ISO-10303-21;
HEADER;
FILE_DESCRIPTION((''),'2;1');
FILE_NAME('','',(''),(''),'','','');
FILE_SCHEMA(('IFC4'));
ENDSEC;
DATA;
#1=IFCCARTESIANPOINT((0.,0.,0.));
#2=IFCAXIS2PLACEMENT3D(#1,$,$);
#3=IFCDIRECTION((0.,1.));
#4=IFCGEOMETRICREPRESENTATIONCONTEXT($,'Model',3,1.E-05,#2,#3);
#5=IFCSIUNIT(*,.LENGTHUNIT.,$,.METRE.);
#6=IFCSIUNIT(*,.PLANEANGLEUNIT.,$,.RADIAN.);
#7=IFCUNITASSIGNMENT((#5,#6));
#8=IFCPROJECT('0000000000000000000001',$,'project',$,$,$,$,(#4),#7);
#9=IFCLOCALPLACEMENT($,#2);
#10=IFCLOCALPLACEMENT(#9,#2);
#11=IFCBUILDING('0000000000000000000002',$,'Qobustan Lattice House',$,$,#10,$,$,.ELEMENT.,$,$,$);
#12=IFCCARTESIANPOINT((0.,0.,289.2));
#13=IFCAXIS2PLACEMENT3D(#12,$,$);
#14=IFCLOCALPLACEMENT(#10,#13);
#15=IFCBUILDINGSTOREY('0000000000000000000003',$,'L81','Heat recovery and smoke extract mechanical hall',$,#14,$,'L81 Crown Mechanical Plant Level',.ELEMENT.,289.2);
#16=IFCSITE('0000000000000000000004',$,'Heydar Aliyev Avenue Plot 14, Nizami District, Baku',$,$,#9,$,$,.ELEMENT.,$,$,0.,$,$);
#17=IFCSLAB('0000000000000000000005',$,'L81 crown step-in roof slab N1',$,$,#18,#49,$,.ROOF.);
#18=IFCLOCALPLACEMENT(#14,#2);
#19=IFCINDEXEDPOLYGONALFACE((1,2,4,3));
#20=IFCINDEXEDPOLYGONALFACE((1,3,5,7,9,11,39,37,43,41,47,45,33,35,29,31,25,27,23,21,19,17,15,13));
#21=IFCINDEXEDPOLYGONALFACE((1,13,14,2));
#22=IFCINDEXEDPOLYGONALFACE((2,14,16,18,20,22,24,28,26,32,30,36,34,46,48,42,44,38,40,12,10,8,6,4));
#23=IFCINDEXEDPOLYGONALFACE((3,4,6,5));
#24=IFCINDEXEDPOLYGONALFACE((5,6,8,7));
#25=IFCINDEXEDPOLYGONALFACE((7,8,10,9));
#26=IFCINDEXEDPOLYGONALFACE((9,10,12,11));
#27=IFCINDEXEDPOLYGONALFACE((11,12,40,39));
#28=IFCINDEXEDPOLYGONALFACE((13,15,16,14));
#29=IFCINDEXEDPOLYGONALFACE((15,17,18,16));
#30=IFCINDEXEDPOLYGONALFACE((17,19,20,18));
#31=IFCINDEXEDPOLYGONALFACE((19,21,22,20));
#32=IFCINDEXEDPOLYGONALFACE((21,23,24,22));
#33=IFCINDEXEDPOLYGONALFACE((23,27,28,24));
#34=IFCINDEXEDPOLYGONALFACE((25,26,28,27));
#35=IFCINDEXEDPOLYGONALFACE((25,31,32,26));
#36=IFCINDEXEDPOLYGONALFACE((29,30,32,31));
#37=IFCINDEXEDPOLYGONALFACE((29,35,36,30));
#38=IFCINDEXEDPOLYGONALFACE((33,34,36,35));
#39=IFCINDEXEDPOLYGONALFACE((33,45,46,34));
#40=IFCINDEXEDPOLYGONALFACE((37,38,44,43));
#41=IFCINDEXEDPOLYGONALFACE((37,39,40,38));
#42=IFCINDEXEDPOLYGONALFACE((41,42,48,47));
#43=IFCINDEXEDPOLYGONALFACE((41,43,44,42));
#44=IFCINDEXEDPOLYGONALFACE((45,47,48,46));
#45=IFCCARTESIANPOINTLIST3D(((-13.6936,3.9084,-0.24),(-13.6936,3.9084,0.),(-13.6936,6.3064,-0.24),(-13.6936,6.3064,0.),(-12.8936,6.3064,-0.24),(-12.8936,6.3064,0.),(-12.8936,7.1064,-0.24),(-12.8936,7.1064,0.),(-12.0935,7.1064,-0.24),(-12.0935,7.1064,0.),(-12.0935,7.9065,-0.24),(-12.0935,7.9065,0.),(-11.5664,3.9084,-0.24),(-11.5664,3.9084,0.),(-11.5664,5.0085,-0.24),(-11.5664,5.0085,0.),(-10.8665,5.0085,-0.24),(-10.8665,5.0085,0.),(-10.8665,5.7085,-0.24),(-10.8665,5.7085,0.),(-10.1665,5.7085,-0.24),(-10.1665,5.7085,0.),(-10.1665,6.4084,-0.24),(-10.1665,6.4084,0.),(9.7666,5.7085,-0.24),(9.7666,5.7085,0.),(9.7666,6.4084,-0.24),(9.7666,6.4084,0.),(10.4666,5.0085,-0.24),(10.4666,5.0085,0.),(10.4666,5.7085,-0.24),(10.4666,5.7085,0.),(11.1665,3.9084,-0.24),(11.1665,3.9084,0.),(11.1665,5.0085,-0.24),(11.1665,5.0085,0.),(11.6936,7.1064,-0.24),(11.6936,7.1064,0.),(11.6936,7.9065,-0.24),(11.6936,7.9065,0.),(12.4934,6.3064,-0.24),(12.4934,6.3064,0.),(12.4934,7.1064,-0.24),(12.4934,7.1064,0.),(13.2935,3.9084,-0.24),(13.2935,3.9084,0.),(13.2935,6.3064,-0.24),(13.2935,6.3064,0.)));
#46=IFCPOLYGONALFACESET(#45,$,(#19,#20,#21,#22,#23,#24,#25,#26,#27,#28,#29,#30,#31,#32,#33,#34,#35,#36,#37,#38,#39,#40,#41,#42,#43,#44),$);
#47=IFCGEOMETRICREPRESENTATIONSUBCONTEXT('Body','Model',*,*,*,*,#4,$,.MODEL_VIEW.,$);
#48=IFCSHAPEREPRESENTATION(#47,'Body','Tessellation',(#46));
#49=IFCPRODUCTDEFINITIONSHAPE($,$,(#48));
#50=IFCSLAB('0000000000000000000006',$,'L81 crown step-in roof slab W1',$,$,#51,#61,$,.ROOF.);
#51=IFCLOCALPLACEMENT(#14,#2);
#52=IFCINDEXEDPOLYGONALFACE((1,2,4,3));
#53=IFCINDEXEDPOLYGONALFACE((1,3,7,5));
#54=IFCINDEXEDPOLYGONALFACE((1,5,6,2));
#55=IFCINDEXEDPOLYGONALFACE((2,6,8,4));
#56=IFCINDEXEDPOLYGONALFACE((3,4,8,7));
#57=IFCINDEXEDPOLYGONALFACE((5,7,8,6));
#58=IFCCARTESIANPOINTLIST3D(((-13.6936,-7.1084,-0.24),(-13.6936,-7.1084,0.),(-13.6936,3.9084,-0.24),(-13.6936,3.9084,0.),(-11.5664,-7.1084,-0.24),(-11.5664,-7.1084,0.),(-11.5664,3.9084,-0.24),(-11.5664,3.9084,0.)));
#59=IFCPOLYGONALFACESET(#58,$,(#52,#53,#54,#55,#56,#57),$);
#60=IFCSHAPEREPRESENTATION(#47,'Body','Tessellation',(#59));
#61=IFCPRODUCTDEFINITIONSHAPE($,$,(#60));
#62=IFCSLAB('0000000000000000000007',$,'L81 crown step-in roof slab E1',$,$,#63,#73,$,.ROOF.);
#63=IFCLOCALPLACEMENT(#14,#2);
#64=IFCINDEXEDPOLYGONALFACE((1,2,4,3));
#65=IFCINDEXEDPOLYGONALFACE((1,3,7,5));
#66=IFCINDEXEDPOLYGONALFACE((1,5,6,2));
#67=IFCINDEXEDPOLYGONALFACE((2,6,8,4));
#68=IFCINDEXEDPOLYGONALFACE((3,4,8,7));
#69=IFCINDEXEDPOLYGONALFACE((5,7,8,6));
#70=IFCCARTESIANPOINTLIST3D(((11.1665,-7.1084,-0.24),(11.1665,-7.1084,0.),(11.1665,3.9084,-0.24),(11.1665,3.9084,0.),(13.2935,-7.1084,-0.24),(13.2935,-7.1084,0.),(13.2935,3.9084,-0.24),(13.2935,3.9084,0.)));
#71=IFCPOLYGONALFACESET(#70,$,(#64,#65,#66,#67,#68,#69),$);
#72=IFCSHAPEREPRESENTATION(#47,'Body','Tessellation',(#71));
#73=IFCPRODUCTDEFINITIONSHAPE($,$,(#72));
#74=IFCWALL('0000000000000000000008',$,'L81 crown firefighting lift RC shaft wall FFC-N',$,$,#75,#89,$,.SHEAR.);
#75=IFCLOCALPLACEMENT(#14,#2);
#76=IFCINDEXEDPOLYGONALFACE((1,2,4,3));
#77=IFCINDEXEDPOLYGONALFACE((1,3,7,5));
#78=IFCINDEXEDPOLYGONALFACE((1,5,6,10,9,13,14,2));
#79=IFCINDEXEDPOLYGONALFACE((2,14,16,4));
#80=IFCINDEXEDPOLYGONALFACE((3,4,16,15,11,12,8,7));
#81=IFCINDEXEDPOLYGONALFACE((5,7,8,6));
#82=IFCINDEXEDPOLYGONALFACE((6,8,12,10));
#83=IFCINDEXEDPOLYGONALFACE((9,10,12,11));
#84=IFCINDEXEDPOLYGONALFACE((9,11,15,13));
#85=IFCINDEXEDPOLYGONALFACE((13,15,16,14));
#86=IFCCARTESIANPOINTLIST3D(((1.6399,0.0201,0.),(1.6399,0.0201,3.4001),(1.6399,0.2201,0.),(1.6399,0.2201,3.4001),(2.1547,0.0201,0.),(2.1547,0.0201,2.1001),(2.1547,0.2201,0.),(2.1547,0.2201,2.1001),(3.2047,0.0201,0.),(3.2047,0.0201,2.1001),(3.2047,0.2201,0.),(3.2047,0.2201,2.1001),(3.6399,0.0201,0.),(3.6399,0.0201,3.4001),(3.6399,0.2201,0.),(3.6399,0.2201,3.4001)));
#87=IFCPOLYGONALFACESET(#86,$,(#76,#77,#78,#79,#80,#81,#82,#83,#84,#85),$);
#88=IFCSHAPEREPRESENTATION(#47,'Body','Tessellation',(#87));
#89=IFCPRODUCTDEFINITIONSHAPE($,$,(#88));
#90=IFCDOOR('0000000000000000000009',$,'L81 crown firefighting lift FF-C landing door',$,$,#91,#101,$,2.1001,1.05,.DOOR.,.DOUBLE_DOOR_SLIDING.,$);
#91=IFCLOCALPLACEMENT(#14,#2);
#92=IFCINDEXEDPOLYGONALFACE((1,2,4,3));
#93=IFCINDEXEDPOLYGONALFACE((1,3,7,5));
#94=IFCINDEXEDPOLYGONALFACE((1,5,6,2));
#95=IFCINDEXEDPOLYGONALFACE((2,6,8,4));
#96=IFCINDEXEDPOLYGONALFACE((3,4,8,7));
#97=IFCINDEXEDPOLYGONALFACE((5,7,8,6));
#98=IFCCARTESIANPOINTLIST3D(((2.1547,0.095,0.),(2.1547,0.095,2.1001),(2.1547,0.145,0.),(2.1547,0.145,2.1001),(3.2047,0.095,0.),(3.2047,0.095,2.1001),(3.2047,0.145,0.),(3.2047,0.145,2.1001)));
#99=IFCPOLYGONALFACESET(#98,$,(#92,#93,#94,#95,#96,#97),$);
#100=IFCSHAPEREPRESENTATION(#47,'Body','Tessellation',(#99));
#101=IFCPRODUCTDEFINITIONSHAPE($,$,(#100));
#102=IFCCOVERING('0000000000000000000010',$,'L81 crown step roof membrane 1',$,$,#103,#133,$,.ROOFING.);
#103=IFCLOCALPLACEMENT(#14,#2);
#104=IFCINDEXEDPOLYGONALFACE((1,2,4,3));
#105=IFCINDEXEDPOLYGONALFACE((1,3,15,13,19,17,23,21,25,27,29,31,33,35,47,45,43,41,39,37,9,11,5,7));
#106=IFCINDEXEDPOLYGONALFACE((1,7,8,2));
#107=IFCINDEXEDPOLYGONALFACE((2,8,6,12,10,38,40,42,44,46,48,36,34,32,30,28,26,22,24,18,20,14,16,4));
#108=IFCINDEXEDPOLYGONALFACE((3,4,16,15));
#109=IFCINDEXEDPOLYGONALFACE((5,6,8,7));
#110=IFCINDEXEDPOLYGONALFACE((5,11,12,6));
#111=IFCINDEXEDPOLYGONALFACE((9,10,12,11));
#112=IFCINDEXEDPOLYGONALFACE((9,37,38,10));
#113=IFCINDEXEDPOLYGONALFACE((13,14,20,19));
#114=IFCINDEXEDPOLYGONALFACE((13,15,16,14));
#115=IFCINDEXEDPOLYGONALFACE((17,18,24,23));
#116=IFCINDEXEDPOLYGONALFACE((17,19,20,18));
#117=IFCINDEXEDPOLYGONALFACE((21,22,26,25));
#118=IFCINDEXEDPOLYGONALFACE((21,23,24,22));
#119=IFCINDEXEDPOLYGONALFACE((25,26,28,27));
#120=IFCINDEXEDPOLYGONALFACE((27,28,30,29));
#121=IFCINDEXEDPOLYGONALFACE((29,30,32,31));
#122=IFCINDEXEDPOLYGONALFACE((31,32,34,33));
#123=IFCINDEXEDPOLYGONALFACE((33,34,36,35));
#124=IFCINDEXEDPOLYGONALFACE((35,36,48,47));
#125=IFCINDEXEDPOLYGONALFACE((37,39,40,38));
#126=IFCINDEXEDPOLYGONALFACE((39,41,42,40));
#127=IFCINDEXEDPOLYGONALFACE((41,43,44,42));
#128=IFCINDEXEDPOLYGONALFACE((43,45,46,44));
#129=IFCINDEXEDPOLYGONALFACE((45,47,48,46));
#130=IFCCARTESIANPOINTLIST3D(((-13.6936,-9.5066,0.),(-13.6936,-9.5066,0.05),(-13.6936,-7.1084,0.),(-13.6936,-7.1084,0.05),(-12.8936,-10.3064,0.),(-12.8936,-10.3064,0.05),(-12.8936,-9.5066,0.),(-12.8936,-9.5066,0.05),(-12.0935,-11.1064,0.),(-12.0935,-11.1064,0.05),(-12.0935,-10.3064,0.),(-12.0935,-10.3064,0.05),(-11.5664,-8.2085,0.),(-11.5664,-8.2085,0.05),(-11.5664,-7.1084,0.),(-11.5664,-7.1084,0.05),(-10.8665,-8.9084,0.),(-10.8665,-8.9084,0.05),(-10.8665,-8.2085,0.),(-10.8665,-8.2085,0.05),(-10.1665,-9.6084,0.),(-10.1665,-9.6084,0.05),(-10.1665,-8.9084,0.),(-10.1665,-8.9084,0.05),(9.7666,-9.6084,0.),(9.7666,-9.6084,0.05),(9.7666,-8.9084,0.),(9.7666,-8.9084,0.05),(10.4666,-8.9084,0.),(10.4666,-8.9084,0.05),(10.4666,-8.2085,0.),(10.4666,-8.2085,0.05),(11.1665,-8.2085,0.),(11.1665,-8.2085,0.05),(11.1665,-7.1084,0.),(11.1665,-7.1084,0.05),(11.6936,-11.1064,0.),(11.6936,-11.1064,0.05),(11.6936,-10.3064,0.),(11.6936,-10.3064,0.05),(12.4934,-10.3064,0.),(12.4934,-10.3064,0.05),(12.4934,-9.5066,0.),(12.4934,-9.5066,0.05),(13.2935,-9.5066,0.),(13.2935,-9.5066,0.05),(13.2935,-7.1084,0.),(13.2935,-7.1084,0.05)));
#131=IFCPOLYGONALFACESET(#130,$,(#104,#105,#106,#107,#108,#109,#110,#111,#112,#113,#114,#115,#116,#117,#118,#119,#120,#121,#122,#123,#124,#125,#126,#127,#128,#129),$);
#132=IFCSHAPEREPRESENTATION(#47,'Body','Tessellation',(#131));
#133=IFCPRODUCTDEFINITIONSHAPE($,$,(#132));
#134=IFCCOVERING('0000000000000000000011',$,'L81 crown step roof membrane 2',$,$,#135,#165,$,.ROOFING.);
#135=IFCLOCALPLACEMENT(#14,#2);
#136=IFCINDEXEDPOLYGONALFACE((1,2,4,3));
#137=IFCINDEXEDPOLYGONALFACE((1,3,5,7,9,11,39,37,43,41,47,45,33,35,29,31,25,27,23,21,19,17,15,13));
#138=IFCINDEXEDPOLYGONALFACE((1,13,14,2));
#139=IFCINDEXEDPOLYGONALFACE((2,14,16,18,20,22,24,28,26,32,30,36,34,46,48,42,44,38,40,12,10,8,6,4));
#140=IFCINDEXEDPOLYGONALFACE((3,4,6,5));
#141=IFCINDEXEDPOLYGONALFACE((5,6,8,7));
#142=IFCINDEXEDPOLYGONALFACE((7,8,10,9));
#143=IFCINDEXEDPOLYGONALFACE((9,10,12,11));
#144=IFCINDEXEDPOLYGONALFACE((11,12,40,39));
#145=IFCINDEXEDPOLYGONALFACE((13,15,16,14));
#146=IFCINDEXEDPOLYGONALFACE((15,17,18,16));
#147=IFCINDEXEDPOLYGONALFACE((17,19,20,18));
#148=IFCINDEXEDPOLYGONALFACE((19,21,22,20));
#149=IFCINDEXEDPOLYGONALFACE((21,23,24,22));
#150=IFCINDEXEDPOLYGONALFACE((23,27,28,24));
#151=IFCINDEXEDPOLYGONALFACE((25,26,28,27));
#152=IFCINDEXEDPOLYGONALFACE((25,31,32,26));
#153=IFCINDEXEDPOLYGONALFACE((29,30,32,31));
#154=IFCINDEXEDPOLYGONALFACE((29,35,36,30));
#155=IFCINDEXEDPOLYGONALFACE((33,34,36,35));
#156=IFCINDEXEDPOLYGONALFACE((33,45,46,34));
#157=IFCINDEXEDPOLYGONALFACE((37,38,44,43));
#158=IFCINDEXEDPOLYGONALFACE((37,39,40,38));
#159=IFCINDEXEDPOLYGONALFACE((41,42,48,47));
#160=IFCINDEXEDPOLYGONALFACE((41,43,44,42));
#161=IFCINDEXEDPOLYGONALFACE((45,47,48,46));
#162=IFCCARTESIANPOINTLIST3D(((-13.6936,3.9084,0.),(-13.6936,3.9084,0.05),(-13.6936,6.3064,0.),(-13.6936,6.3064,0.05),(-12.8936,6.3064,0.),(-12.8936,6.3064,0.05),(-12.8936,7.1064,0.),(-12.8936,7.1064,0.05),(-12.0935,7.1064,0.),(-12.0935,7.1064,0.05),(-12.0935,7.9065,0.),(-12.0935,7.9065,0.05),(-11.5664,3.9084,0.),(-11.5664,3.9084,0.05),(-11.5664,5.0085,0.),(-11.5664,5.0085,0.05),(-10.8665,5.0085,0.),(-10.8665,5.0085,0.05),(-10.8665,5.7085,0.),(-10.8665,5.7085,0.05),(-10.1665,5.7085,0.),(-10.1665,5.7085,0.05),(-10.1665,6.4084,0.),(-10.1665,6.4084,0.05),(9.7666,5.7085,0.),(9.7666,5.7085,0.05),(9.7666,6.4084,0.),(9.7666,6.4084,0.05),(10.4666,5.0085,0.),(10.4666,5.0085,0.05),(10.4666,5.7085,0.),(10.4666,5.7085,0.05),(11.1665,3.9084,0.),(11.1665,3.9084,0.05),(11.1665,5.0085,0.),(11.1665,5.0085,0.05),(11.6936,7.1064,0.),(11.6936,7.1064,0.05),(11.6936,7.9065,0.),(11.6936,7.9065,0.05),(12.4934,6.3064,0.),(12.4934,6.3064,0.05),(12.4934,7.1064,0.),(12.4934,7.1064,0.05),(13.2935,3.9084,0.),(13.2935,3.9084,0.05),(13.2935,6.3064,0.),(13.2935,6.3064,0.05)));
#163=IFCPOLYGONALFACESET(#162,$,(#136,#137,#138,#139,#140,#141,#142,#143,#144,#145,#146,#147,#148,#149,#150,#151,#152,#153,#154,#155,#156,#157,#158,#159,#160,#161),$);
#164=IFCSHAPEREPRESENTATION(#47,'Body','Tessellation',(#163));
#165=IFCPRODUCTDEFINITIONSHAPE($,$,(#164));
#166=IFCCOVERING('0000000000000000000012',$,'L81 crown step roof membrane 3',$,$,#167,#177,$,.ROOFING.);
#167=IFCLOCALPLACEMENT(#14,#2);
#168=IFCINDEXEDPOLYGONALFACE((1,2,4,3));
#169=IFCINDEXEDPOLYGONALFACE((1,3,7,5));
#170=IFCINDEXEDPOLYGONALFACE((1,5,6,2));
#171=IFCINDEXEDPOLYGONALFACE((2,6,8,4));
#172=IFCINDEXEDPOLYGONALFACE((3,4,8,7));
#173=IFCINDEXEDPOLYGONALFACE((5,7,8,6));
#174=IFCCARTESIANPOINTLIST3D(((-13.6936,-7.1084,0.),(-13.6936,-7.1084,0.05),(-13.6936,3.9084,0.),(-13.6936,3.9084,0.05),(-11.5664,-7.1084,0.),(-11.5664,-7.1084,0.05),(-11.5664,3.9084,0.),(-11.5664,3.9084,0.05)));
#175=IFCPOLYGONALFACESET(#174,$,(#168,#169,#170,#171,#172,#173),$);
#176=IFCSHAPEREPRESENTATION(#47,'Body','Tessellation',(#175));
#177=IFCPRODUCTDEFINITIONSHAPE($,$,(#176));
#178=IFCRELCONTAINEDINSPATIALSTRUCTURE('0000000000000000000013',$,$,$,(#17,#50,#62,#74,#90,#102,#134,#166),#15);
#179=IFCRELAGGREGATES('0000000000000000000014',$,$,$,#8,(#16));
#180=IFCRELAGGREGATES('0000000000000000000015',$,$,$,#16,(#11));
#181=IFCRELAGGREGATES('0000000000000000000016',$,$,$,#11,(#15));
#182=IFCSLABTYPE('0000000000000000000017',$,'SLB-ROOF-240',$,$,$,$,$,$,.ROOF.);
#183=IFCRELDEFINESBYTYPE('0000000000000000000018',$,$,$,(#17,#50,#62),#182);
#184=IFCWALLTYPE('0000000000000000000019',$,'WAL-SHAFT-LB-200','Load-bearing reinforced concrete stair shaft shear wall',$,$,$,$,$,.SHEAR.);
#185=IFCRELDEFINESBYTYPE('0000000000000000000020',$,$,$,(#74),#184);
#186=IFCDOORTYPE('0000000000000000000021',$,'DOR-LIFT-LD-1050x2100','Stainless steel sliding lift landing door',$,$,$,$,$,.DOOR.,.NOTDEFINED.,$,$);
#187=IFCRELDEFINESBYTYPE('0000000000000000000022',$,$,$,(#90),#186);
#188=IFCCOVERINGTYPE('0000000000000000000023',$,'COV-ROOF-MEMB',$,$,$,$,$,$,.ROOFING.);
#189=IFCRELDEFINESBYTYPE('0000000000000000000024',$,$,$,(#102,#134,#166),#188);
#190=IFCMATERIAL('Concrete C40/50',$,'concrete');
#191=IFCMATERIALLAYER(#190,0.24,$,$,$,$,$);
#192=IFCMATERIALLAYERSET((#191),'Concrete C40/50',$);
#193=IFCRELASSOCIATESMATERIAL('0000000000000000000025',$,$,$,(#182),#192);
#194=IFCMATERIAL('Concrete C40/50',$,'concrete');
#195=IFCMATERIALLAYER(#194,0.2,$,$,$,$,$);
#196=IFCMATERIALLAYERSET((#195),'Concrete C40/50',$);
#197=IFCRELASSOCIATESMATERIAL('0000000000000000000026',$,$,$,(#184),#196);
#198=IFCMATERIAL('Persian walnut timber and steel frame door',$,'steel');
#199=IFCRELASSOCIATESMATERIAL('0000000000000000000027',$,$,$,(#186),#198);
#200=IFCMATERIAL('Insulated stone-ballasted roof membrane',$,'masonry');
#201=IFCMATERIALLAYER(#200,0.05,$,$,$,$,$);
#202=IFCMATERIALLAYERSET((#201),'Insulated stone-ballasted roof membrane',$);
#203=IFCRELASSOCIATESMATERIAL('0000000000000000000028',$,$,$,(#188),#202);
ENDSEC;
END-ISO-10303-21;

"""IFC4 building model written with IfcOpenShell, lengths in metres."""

from ifc_helpers import new_model, si_unit, direction, frame, frame_2d, origin, place, context, subcontext, project, spatial, polyline, rectangle, outline, extrude, material, layer, layer_set, type_object, element, fill, save


model = new_model("IFC4")

# Units and contexts
model_context = context("Model", 3, precision=1e-05, world=origin(), true_north=direction((0.0, 1.0)))
body_context = subcontext(model_context, "Body", "Model", "MODEL_VIEW")
ifc_project = project(units=[si_unit("LENGTHUNIT", "METRE"), si_unit("PLANEANGLEUNIT", "RADIAN")], contexts=[model_context])

# Site, building, storey
site_placement = place(None, origin())
site = spatial("IfcSite", under=ifc_project, at=site_placement, Name="Heydar Aliyev Avenue Plot 14, Nizami District, Baku", CompositionType="ELEMENT", RefElevation=0.0)
building_placement = place(site_placement, origin())
building = spatial("IfcBuilding", under=site, at=building_placement, Name="Qobustan Lattice House", CompositionType="ELEMENT")
storey_placement = place(building_placement, frame((0.0, 0.0, 289.2)))
storey = spatial("IfcBuildingStorey", under=building, at=storey_placement, Name="L81", Description="Heat recovery and smoke extract mechanical hall", LongName="L81 Crown Mechanical Plant Level", CompositionType="ELEMENT", Elevation=289.2)

# Slabs
ifc_material_1 = material(Name="Concrete C40/50", Category="concrete")
ifc_layer_1 = layer(ifc_material_1, 0.24)
ifc_layer_set_1 = layer_set([ifc_layer_1], Name="Concrete C40/50")
slab_type_1 = type_object("IfcSlabType", Name="SLB-ROOF-240", PredefinedType="ROOF", material=ifc_layer_set_1)
slab_1_placement = place(storey_placement, frame((0.0, 0.0, -0.24)))
element("IfcSlab", 1, at=slab_1_placement, inside=storey, type_object=slab_type_1, Name="L81 crown step-in roof slab N1", PredefinedType="ROOF", context=body_context, shape_type="SweptSolid", body=[
    extrude(outline(polyline([(-13.6936, 3.9084), (-11.5664, 3.9084), (-11.5664, 5.0085), (-10.8665, 5.0085), (-10.8665, 5.7085), (-10.1665, 5.7085), (-10.1665, 6.4084), (9.7666, 6.4084), (9.7666, 5.7085), (10.4666, 5.7085), (10.4666, 5.0085), (11.1665, 5.0085), (11.1665, 3.9084), (13.2935, 3.9084), (13.2935, 6.3064), (12.4934, 6.3064), (12.4934, 7.1064), (11.6936, 7.1064), (11.6936, 7.9065), (-12.0935, 7.9065), (-12.0935, 7.1064), (-12.8936, 7.1064), (-12.8936, 6.3064), (-13.6936, 6.3064), (-13.6936, 3.9084)])), origin(), (0.0, 0.0, 1.0), 0.24),
])
slab_2_placement = place(storey_placement, frame((0.0, 0.0, -0.24)))
element("IfcSlab", 2, at=slab_2_placement, inside=storey, type_object=slab_type_1, Name="L81 crown step-in roof slab W1", PredefinedType="ROOF", context=body_context, shape_type="SweptSolid", body=[
    extrude(outline(polyline([(-13.6936, -7.1084), (-11.5664, -7.1084), (-11.5664, 3.9084), (-13.6936, 3.9084), (-13.6936, -7.1084)])), origin(), (0.0, 0.0, 1.0), 0.24),
])
slab_3_placement = place(storey_placement, frame((0.0, 0.0, -0.24)))
element("IfcSlab", 3, at=slab_3_placement, inside=storey, type_object=slab_type_1, Name="L81 crown step-in roof slab E1", PredefinedType="ROOF", context=body_context, shape_type="SweptSolid", body=[
    extrude(outline(polyline([(13.2935, 3.9084), (11.1665, 3.9084), (11.1665, -7.1084), (13.2935, -7.1084), (13.2935, 3.9084)])), origin(), (0.0, 0.0, 1.0), 0.24),
])

# Wall, opening, door
ifc_material_2 = material(Name="Concrete C40/50", Category="concrete")
ifc_layer_2 = layer(ifc_material_2, 0.2)
ifc_layer_set_2 = layer_set([ifc_layer_2], Name="Concrete C40/50")
wall_type = type_object("IfcWallType", Name="WAL-SHAFT-LB-200", Description="Load-bearing reinforced concrete stair shaft shear wall", PredefinedType="SHEAR", material=ifc_layer_set_2)
wall_placement = place(storey_placement, frame((1.6399, 0.1201, 0.0), z_axis=(0.0, 0.0, 1.0), x_axis=(1.0, 0.0, 0.0)))
wall = element("IfcWall", 4, at=wall_placement, inside=storey, type_object=wall_type, Name="L81 crown firefighting lift RC shaft wall FFC-N", PredefinedType="SHEAR", context=body_context, shape_type="SweptSolid", body=[
    extrude(rectangle(XDim=2.0, YDim=0.2, at=frame_2d((1.0, 0.0))), origin(), (0.0, 0.0, 1.0), 3.4001),
])
opening_placement = place(wall_placement, frame((0.5149, 0.0, 0.0)))
opening = element("IfcOpeningElement", 5, at=opening_placement, cuts=wall, PredefinedType="OPENING", context=body_context, shape_type="SweptSolid", body=[
    extrude(rectangle(XDim=1.05, YDim=2.1001, at=frame_2d((0.5249, 1.05))), frame((0.0, 0.1099, 0.0), z_axis=(0.0, -1.0, 0.0), x_axis=(1.0, 0.0, 0.0)), (0.0, 0.0, 1.0), 0.22),
])
ifc_material_3 = material(Name="Persian walnut timber and steel frame door", Category="steel")
door_type = type_object("IfcDoorType", Name="DOR-LIFT-LD-1050x2100", Description="Stainless steel sliding lift landing door", OperationType="NOTDEFINED", PredefinedType="DOOR", material=ifc_material_3)
door_placement = place(opening_placement, origin())
door = element("IfcDoor", 6, at=door_placement, inside=storey, type_object=door_type, Name="L81 crown firefighting lift FF-C landing door", OperationType="DOUBLE_DOOR_SLIDING", OverallHeight=2.1001, OverallWidth=1.05, PredefinedType="DOOR", context=body_context, shape_type="SweptSolid", body=[
    extrude(rectangle(XDim=1.05, YDim=2.1001, at=frame_2d((0.5249, 1.05))), frame((0.0, 0.0249, 0.0), z_axis=(0.0, -1.0, 0.0), x_axis=(1.0, 0.0, 0.0)), (0.0, 0.0, 1.0), 0.05),
])
fill(opening, door)

# Coverings
ifc_material_4 = material(Name="Insulated stone-ballasted roof membrane", Category="masonry")
ifc_layer_3 = layer(ifc_material_4, 0.05)
ifc_layer_set_3 = layer_set([ifc_layer_3], Name="Insulated stone-ballasted roof membrane")
covering_type = type_object("IfcCoveringType", Name="COV-ROOF-MEMB", PredefinedType="ROOFING", material=ifc_layer_set_3)
covering_1_placement = place(storey_placement, origin())
element("IfcCovering", 7, at=covering_1_placement, inside=storey, type_object=covering_type, Name="L81 crown step roof membrane 1", PredefinedType="ROOFING", context=body_context, shape_type="SweptSolid", body=[
    extrude(outline(polyline([(-12.0935, -10.3064), (-12.0935, -11.1064), (11.6936, -11.1064), (11.6936, -10.3064), (12.4934, -10.3064), (12.4934, -9.5066), (13.2935, -9.5066), (13.2935, -7.1084), (11.1665, -7.1084), (11.1665, -8.2085), (10.4666, -8.2085), (10.4666, -8.9084), (9.7666, -8.9084), (9.7666, -9.6084), (-10.1665, -9.6084), (-10.1665, -8.9084), (-10.8665, -8.9084), (-10.8665, -8.2085), (-11.5664, -8.2085), (-11.5664, -7.1084), (-13.6936, -7.1084), (-13.6936, -9.5066), (-12.8936, -9.5066), (-12.8936, -10.3064), (-12.0935, -10.3064)])), origin(), (0.0, 0.0, 1.0), 0.05),
])
covering_2_placement = place(storey_placement, origin())
element("IfcCovering", 8, at=covering_2_placement, inside=storey, type_object=covering_type, Name="L81 crown step roof membrane 2", PredefinedType="ROOFING", context=body_context, shape_type="SweptSolid", body=[
    extrude(outline(polyline([(-13.6936, 3.9084), (-11.5664, 3.9084), (-11.5664, 5.0085), (-10.8665, 5.0085), (-10.8665, 5.7085), (-10.1665, 5.7085), (-10.1665, 6.4084), (9.7666, 6.4084), (9.7666, 5.7085), (10.4666, 5.7085), (10.4666, 5.0085), (11.1665, 5.0085), (11.1665, 3.9084), (13.2935, 3.9084), (13.2935, 6.3064), (12.4934, 6.3064), (12.4934, 7.1064), (11.6936, 7.1064), (11.6936, 7.9065), (-12.0935, 7.9065), (-12.0935, 7.1064), (-12.8936, 7.1064), (-12.8936, 6.3064), (-13.6936, 6.3064), (-13.6936, 3.9084)])), origin(), (0.0, 0.0, 1.0), 0.05),
])
covering_3_placement = place(storey_placement, origin())
element("IfcCovering", 9, at=covering_3_placement, inside=storey, type_object=covering_type, Name="L81 crown step roof membrane 3", PredefinedType="ROOFING", context=body_context, shape_type="SweptSolid", body=[
    extrude(outline(polyline([(-13.6936, -7.1084), (-11.5664, -7.1084), (-11.5664, 3.9084), (-13.6936, 3.9084), (-13.6936, -7.1084)])), origin(), (0.0, 0.0, 1.0), 0.05),
])

save(model, "model.ifc")
